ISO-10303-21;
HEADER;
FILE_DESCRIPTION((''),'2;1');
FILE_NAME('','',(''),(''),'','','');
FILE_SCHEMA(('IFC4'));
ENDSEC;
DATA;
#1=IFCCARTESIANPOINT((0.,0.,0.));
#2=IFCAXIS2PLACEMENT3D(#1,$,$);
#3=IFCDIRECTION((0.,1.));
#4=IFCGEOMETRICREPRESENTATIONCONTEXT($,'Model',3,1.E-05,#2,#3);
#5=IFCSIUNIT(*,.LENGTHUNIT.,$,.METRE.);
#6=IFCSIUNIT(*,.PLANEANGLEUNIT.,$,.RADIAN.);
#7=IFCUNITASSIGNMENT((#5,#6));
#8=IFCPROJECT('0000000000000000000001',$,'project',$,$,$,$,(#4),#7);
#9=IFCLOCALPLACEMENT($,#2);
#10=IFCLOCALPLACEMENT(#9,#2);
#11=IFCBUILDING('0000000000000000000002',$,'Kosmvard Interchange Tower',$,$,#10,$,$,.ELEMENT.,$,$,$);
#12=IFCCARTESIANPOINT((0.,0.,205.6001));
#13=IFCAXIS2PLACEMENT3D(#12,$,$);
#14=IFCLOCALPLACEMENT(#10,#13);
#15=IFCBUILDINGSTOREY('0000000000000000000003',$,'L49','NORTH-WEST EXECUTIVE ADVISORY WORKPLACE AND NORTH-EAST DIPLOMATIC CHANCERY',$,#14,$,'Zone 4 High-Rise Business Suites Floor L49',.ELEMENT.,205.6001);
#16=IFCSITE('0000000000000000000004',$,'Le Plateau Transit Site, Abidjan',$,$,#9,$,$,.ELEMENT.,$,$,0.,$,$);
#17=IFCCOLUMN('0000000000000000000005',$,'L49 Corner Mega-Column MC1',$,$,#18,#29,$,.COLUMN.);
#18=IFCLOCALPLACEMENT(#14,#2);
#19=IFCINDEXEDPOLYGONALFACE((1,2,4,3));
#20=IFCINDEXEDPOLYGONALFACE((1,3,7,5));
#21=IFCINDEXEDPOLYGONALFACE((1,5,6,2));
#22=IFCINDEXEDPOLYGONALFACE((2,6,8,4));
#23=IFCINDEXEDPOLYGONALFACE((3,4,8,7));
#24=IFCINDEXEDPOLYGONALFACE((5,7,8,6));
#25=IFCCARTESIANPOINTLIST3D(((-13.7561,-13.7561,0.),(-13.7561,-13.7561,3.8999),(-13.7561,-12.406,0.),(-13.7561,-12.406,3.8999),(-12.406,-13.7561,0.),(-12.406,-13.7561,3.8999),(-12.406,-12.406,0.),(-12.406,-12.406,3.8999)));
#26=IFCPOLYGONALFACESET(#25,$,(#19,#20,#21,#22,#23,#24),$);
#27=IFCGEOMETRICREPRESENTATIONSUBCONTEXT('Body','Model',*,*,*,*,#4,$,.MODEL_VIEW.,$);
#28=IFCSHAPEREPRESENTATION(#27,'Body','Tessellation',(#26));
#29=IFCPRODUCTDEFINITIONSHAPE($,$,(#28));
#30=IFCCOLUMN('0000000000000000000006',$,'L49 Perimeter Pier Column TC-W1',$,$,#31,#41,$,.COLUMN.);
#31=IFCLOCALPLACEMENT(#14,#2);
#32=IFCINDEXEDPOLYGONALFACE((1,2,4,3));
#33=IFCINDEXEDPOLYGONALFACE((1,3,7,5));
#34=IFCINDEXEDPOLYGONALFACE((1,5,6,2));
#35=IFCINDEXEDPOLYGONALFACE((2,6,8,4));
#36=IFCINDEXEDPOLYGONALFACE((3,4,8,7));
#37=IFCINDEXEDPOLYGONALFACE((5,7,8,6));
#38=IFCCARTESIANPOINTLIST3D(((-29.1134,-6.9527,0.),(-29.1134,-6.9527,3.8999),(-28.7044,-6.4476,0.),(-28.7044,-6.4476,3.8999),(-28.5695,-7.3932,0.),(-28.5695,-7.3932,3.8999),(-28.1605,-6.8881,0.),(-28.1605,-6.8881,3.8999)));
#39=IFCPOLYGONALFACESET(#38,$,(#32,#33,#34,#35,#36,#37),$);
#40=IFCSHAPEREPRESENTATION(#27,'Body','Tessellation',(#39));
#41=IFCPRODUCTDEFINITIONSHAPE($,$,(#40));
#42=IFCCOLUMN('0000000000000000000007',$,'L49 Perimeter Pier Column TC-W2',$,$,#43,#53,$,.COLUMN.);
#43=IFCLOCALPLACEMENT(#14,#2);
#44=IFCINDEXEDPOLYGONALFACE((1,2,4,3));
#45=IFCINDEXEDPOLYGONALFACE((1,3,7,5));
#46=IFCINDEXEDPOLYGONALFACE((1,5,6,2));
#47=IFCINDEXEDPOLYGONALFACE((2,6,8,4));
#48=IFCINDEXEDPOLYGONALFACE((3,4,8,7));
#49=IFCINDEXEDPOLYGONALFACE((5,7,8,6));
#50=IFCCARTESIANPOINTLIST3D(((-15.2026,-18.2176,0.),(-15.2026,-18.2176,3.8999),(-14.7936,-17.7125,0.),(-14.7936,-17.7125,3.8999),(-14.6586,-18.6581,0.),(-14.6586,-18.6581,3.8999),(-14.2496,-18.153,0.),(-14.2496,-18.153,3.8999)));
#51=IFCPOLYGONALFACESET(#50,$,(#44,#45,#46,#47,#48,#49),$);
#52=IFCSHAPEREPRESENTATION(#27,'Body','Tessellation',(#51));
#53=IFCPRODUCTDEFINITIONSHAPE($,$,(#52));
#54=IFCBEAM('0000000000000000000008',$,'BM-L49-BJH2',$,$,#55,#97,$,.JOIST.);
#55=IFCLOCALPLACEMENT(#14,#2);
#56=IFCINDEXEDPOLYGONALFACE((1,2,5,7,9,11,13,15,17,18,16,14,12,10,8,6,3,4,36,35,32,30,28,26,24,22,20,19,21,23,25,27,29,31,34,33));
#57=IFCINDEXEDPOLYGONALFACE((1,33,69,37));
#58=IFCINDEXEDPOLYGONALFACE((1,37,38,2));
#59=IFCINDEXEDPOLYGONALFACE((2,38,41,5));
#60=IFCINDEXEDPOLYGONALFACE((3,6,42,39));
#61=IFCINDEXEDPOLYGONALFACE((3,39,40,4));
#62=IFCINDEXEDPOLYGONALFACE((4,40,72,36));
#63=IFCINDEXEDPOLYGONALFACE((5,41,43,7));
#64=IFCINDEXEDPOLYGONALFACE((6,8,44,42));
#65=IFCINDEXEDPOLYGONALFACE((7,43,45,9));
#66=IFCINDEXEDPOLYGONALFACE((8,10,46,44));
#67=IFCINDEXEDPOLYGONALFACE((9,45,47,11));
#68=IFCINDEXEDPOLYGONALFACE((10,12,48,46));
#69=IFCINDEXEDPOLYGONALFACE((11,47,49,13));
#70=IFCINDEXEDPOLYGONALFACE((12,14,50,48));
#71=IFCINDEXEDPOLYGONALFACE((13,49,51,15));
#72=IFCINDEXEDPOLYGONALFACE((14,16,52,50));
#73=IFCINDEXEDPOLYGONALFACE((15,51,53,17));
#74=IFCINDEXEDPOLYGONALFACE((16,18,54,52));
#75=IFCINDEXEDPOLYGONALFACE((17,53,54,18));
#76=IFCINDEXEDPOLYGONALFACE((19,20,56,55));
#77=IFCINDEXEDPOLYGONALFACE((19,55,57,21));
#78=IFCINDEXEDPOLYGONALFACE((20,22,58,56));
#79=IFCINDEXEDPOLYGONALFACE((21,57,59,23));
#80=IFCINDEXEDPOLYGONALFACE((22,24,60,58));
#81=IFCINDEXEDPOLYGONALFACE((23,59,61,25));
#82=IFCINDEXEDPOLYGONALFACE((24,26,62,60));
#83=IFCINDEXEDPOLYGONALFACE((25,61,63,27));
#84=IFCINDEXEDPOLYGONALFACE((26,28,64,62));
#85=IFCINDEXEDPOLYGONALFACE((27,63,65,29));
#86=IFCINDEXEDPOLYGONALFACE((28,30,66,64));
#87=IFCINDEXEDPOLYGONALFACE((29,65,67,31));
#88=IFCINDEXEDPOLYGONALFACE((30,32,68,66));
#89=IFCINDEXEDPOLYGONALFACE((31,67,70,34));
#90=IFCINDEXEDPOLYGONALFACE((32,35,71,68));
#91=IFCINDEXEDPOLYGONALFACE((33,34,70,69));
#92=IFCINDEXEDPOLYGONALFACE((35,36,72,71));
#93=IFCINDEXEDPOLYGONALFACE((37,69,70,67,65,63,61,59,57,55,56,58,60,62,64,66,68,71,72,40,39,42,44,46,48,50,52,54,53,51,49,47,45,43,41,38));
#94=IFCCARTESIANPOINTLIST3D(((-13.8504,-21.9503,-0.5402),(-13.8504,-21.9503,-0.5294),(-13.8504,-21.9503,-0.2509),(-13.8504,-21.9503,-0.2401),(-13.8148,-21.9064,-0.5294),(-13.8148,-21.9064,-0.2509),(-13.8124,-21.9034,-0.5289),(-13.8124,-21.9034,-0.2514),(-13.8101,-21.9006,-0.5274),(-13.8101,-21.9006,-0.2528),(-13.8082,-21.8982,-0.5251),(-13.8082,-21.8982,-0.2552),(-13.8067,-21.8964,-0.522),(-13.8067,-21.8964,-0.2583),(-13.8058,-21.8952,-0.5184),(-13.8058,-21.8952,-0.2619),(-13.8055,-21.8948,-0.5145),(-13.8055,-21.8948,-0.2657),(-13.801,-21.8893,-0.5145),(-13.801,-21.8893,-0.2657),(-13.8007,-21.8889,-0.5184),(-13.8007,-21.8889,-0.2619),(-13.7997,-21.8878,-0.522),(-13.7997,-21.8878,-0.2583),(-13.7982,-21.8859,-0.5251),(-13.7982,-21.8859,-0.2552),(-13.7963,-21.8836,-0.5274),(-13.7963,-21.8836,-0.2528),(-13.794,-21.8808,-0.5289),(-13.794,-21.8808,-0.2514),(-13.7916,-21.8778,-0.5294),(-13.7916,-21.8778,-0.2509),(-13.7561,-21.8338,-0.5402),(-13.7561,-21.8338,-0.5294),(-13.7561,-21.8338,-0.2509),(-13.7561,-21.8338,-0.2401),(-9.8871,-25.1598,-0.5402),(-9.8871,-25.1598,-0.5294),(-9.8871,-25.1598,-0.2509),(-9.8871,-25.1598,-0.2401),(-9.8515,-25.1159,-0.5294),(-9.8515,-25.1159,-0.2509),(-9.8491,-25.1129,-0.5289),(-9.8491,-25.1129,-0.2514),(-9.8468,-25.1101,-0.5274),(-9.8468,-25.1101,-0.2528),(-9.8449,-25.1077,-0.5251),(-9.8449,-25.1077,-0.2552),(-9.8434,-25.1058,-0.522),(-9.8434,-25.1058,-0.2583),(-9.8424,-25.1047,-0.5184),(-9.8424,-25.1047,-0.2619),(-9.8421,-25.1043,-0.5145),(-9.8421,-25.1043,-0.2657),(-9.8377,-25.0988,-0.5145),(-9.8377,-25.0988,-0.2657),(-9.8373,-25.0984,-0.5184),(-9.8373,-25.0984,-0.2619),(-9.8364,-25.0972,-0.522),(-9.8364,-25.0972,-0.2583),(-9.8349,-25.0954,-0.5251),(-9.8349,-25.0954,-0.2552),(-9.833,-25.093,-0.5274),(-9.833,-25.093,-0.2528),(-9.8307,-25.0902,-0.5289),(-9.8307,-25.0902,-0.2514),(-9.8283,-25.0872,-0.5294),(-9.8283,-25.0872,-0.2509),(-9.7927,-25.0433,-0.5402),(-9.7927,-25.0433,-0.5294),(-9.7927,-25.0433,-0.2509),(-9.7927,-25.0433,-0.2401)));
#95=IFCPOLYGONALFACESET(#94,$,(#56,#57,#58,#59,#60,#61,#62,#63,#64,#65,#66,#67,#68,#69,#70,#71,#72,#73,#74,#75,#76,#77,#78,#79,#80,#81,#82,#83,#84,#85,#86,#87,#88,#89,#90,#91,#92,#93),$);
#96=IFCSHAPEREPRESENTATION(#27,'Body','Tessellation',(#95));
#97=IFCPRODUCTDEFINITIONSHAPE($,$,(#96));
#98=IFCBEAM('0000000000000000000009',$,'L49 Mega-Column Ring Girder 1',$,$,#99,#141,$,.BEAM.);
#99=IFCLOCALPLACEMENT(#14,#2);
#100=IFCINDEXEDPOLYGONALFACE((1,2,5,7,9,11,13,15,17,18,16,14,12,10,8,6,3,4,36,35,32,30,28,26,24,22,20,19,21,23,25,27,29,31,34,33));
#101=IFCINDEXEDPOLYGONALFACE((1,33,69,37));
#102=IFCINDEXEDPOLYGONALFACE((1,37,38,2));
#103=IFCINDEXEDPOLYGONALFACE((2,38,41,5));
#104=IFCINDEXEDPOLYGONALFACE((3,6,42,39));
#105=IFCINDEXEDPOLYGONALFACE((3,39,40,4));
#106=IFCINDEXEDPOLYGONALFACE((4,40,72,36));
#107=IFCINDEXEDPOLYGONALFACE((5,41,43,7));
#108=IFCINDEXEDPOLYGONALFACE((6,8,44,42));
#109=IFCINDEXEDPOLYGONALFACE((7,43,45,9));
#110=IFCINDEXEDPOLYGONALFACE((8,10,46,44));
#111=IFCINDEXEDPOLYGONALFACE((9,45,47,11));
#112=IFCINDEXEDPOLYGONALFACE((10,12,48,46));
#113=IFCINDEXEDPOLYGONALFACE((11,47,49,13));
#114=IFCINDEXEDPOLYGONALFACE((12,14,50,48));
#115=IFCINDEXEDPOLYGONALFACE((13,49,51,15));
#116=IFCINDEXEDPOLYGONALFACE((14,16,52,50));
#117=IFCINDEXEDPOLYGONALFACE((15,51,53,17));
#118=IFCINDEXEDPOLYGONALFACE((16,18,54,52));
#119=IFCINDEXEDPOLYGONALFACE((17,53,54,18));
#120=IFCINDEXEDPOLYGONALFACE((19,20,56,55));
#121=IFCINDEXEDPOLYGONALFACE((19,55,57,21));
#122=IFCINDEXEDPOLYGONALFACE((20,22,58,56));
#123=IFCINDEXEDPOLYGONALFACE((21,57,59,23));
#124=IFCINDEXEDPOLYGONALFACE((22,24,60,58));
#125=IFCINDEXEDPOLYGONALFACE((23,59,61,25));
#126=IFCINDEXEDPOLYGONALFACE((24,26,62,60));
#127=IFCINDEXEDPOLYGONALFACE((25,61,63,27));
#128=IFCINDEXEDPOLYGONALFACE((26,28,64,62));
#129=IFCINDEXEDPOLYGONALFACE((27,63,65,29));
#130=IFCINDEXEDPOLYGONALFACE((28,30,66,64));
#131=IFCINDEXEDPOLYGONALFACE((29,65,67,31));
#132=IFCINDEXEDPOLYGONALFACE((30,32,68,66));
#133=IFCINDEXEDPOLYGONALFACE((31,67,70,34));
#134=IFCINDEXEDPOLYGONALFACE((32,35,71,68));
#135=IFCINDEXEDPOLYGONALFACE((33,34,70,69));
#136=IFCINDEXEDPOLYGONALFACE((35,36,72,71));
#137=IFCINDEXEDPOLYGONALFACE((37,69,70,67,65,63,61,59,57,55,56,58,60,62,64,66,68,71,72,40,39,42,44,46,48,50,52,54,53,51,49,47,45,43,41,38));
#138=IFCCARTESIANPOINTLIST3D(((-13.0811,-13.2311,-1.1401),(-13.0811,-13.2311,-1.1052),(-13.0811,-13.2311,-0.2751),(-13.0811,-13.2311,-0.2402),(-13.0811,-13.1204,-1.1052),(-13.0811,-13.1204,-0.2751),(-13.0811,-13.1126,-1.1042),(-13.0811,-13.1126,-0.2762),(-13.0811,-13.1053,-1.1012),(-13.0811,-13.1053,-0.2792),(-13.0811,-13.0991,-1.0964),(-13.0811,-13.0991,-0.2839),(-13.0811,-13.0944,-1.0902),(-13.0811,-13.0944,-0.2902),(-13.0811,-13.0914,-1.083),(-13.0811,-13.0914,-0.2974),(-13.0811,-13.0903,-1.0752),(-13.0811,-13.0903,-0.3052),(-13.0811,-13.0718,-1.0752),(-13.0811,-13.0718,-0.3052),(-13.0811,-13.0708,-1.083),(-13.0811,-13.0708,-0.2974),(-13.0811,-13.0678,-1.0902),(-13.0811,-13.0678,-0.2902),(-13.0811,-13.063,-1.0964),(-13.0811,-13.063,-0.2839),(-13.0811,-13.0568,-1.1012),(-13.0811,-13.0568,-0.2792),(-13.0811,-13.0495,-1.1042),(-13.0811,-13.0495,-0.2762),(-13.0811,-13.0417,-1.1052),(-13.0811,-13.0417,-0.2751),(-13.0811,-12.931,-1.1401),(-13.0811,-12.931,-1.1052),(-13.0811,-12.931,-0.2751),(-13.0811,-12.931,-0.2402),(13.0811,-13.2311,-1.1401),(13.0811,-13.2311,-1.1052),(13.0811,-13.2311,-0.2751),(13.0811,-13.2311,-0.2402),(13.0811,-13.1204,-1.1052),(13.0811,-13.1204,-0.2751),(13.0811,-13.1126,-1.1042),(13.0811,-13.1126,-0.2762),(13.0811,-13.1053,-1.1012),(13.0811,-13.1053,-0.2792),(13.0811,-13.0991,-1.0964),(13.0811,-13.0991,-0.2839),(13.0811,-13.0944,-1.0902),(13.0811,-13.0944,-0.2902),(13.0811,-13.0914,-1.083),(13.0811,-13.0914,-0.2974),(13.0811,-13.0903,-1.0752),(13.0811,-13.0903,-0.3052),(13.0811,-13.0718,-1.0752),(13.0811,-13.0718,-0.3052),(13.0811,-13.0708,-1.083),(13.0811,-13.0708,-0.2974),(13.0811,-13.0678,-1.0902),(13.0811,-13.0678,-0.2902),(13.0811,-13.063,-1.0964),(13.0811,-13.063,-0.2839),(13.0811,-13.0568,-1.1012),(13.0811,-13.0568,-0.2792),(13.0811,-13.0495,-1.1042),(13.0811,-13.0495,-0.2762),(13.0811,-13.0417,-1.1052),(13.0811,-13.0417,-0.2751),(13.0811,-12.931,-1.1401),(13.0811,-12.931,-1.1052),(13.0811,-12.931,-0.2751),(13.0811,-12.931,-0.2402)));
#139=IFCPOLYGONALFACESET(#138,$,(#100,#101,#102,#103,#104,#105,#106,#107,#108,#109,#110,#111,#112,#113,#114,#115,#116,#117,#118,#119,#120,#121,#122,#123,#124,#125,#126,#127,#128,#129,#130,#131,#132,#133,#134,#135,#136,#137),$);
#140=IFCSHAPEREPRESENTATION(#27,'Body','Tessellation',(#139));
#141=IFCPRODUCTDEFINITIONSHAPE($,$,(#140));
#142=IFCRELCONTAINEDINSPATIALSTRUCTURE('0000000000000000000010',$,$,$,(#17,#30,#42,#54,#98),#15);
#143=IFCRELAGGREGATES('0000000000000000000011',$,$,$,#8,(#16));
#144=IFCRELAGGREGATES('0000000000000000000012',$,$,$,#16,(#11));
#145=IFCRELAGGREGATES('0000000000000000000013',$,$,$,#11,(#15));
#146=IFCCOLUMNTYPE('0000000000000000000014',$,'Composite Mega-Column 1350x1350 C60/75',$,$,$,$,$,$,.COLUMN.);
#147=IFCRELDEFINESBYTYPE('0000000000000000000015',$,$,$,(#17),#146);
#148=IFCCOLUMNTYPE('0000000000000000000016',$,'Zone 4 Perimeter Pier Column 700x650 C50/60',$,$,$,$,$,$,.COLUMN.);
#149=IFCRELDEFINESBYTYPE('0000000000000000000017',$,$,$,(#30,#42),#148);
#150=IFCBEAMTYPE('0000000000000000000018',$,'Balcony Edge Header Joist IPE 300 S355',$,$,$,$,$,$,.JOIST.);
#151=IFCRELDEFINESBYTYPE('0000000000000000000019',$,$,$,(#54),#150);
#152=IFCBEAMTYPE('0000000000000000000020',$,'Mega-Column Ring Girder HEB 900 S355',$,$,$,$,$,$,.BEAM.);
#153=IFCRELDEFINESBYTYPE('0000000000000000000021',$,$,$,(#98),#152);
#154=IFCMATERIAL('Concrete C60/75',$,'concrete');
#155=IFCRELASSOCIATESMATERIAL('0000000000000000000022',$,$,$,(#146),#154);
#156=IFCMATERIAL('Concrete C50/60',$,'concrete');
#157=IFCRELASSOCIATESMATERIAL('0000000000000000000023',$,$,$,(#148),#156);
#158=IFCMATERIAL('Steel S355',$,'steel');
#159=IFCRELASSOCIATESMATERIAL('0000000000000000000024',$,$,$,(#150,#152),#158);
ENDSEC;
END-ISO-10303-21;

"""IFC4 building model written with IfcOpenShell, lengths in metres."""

from ifc_helpers import new_model, si_unit, direction, frame, origin, origin_2d, place, context, subcontext, project, spatial, rectangle, i_section, extrude, source, transform, mapped, material, material_profile, profile_set, type_object, element, save


model = new_model("IFC4")

# Units and contexts
model_context = context("Model", 3, precision=1e-05, world=origin(), true_north=direction((0.0, 1.0)))
body_context = subcontext(model_context, "Body", "Model", "MODEL_VIEW")
ifc_project = project(units=[si_unit("LENGTHUNIT", "METRE"), si_unit("PLANEANGLEUNIT", "RADIAN")], contexts=[model_context])

# Site, building, storey
site_placement = place(None, origin())
site = spatial("IfcSite", under=ifc_project, at=site_placement, Name="Le Plateau Transit Site, Abidjan", CompositionType="ELEMENT", RefElevation=0.0)
building_placement = place(site_placement, origin())
building = spatial("IfcBuilding", under=site, at=building_placement, Name="Kosmvard Interchange Tower", CompositionType="ELEMENT")
storey_placement = place(building_placement, frame((0.0, 0.0, 205.6001)))
storey = spatial("IfcBuildingStorey", under=building, at=storey_placement, Name="L49", Description="NORTH-WEST EXECUTIVE ADVISORY WORKPLACE AND NORTH-EAST DIPLOMATIC CHANCERY", LongName="Zone 4 High-Rise Business Suites Floor L49", CompositionType="ELEMENT", Elevation=205.6001)

# Columns
ifc_material_1 = material(Name="Concrete C60/75", Category="concrete")
ifc_material_profile_1 = material_profile(ifc_material_1, rectangle(XDim=1.3501, YDim=1.3501, at=origin_2d()), Name="MC 1350x1350")
ifc_profile_set_1 = profile_set([ifc_material_profile_1], Name="Concrete C60/75")
column_type_1 = type_object("IfcColumnType", Name="Composite Mega-Column 1350x1350 C60/75", PredefinedType="COLUMN", material=ifc_profile_set_1)
shared_shape_1 = source(origin(), body_context, "Body", "SweptSolid", [
    extrude(rectangle(XDim=1.3501, YDim=1.3501, at=origin_2d()), origin(), (0.0, 0.0, 1.0), 3.8999),
])
column_placement = place(storey_placement, frame((-13.0811, -13.0811, 0.0), z_axis=(0.0, 0.0, 1.0), x_axis=(1.0, 0.0, 0.0)))
element("IfcColumn", 1, at=column_placement, inside=storey, type_object=column_type_1, Name="L49 Corner Mega-Column MC1", PredefinedType="COLUMN", context=body_context, shape_type="MappedRepresentation", body=[
    mapped(shared_shape_1, transform((0.0, 0.0, 0.0), scale=1.0)),
])
ifc_material_2 = material(Name="Concrete C50/60", Category="concrete")
ifc_material_profile_2 = material_profile(ifc_material_2, rectangle(XDim=0.6499, YDim=0.7, at=origin_2d()), Name="TC 700x650")
ifc_profile_set_2 = profile_set([ifc_material_profile_2], Name="Concrete C50/60")
column_type_2 = type_object("IfcColumnType", Name="Zone 4 Perimeter Pier Column 700x650 C50/60", PredefinedType="COLUMN", material=ifc_profile_set_2)
shared_shape_2 = source(origin(), body_context, "Body", "SweptSolid", [
    extrude(rectangle(XDim=0.6499, YDim=0.7, at=origin_2d()), origin(), (0.0, 0.0, 1.0), 3.8999),
])
for number, where, z_axis, x_axis, name in (
    (2, (-28.637, -6.9204, 0.0), (0.0, 0.0, 1.0), (0.62932, 0.777146, 0.0), "L49 Perimeter Pier Column TC-W1"),
    (3, (-14.7261, -18.1853, 0.0), (0.0, 0.0, 1.0), (0.62932, 0.777146, 0.0), "L49 Perimeter Pier Column TC-W2"),
):
    element("IfcColumn", number, at=place(storey_placement, frame(where, z_axis=z_axis, x_axis=x_axis)), inside=storey, type_object=column_type_2, Name=name, PredefinedType="COLUMN", context=body_context, shape_type="MappedRepresentation", body=[
        mapped(shared_shape_2, transform((0.0, 0.0, 0.0), scale=1.0)),
    ])

# Beams
ifc_material_3 = material(Name="Steel S355", Category="steel")
ifc_material_profile_3 = material_profile(ifc_material_3, i_section(OverallWidth=0.1499, OverallDepth=0.3, WebThickness=0.0071, FlangeThickness=0.0107, FilletRadius=0.0149, at=origin_2d()), Name="IPE 300")
ifc_profile_set_3 = profile_set([ifc_material_profile_3], Name="Steel S355")
beam_type_1 = type_object("IfcBeamType", Name="Balcony Edge Header Joist IPE 300 S355", PredefinedType="JOIST", material=ifc_profile_set_3)
shared_shape_3 = source(origin(), body_context, "Body", "SweptSolid", [
    extrude(i_section(OverallWidth=0.1499, OverallDepth=0.3, WebThickness=0.0071, FlangeThickness=0.0107, FilletRadius=0.0149, at=origin_2d()), origin(), (0.0, 0.0, 1.0), 5.0999),
])
beam_1_placement = place(storey_placement, frame((-13.8032, -21.8921, -0.3901), z_axis=(0.777147, -0.629319, 0.0), x_axis=(0.629319, 0.777147, 0.0)))
element("IfcBeam", 4, at=beam_1_placement, inside=storey, type_object=beam_type_1, Name="BM-L49-BJH2", PredefinedType="JOIST", context=body_context, shape_type="MappedRepresentation", body=[
    mapped(shared_shape_3, transform((0.0, 0.0, 0.0), scale=1.0)),
])
ifc_material_profile_4 = material_profile(ifc_material_3, i_section(OverallWidth=0.3, OverallDepth=0.8999, WebThickness=0.0186, FlangeThickness=0.0349, FilletRadius=0.03, at=origin_2d()), Name="HEB 900")
ifc_profile_set_4 = profile_set([ifc_material_profile_4], Name="Steel S355")
beam_type_2 = type_object("IfcBeamType", Name="Mega-Column Ring Girder HEB 900 S355", PredefinedType="BEAM", material=ifc_profile_set_4)
shared_shape_4 = source(origin(), body_context, "Body", "SweptSolid", [
    extrude(i_section(OverallWidth=0.3, OverallDepth=0.8999, WebThickness=0.0186, FlangeThickness=0.0349, FilletRadius=0.03, at=origin_2d()), origin(), (0.0, 0.0, 1.0), 26.1621),
])
beam_2_placement = place(storey_placement, frame((-13.0811, -13.0811, -0.6902), z_axis=(1.0, 0.0, 0.0), x_axis=(0.0, 1.0, 0.0)))
element("IfcBeam", 5, at=beam_2_placement, inside=storey, type_object=beam_type_2, Name="L49 Mega-Column Ring Girder 1", PredefinedType="BEAM", context=body_context, shape_type="MappedRepresentation", body=[
    mapped(shared_shape_4, transform((0.0, 0.0, 0.0), scale=1.0)),
])

save(model, "model.ifc")
